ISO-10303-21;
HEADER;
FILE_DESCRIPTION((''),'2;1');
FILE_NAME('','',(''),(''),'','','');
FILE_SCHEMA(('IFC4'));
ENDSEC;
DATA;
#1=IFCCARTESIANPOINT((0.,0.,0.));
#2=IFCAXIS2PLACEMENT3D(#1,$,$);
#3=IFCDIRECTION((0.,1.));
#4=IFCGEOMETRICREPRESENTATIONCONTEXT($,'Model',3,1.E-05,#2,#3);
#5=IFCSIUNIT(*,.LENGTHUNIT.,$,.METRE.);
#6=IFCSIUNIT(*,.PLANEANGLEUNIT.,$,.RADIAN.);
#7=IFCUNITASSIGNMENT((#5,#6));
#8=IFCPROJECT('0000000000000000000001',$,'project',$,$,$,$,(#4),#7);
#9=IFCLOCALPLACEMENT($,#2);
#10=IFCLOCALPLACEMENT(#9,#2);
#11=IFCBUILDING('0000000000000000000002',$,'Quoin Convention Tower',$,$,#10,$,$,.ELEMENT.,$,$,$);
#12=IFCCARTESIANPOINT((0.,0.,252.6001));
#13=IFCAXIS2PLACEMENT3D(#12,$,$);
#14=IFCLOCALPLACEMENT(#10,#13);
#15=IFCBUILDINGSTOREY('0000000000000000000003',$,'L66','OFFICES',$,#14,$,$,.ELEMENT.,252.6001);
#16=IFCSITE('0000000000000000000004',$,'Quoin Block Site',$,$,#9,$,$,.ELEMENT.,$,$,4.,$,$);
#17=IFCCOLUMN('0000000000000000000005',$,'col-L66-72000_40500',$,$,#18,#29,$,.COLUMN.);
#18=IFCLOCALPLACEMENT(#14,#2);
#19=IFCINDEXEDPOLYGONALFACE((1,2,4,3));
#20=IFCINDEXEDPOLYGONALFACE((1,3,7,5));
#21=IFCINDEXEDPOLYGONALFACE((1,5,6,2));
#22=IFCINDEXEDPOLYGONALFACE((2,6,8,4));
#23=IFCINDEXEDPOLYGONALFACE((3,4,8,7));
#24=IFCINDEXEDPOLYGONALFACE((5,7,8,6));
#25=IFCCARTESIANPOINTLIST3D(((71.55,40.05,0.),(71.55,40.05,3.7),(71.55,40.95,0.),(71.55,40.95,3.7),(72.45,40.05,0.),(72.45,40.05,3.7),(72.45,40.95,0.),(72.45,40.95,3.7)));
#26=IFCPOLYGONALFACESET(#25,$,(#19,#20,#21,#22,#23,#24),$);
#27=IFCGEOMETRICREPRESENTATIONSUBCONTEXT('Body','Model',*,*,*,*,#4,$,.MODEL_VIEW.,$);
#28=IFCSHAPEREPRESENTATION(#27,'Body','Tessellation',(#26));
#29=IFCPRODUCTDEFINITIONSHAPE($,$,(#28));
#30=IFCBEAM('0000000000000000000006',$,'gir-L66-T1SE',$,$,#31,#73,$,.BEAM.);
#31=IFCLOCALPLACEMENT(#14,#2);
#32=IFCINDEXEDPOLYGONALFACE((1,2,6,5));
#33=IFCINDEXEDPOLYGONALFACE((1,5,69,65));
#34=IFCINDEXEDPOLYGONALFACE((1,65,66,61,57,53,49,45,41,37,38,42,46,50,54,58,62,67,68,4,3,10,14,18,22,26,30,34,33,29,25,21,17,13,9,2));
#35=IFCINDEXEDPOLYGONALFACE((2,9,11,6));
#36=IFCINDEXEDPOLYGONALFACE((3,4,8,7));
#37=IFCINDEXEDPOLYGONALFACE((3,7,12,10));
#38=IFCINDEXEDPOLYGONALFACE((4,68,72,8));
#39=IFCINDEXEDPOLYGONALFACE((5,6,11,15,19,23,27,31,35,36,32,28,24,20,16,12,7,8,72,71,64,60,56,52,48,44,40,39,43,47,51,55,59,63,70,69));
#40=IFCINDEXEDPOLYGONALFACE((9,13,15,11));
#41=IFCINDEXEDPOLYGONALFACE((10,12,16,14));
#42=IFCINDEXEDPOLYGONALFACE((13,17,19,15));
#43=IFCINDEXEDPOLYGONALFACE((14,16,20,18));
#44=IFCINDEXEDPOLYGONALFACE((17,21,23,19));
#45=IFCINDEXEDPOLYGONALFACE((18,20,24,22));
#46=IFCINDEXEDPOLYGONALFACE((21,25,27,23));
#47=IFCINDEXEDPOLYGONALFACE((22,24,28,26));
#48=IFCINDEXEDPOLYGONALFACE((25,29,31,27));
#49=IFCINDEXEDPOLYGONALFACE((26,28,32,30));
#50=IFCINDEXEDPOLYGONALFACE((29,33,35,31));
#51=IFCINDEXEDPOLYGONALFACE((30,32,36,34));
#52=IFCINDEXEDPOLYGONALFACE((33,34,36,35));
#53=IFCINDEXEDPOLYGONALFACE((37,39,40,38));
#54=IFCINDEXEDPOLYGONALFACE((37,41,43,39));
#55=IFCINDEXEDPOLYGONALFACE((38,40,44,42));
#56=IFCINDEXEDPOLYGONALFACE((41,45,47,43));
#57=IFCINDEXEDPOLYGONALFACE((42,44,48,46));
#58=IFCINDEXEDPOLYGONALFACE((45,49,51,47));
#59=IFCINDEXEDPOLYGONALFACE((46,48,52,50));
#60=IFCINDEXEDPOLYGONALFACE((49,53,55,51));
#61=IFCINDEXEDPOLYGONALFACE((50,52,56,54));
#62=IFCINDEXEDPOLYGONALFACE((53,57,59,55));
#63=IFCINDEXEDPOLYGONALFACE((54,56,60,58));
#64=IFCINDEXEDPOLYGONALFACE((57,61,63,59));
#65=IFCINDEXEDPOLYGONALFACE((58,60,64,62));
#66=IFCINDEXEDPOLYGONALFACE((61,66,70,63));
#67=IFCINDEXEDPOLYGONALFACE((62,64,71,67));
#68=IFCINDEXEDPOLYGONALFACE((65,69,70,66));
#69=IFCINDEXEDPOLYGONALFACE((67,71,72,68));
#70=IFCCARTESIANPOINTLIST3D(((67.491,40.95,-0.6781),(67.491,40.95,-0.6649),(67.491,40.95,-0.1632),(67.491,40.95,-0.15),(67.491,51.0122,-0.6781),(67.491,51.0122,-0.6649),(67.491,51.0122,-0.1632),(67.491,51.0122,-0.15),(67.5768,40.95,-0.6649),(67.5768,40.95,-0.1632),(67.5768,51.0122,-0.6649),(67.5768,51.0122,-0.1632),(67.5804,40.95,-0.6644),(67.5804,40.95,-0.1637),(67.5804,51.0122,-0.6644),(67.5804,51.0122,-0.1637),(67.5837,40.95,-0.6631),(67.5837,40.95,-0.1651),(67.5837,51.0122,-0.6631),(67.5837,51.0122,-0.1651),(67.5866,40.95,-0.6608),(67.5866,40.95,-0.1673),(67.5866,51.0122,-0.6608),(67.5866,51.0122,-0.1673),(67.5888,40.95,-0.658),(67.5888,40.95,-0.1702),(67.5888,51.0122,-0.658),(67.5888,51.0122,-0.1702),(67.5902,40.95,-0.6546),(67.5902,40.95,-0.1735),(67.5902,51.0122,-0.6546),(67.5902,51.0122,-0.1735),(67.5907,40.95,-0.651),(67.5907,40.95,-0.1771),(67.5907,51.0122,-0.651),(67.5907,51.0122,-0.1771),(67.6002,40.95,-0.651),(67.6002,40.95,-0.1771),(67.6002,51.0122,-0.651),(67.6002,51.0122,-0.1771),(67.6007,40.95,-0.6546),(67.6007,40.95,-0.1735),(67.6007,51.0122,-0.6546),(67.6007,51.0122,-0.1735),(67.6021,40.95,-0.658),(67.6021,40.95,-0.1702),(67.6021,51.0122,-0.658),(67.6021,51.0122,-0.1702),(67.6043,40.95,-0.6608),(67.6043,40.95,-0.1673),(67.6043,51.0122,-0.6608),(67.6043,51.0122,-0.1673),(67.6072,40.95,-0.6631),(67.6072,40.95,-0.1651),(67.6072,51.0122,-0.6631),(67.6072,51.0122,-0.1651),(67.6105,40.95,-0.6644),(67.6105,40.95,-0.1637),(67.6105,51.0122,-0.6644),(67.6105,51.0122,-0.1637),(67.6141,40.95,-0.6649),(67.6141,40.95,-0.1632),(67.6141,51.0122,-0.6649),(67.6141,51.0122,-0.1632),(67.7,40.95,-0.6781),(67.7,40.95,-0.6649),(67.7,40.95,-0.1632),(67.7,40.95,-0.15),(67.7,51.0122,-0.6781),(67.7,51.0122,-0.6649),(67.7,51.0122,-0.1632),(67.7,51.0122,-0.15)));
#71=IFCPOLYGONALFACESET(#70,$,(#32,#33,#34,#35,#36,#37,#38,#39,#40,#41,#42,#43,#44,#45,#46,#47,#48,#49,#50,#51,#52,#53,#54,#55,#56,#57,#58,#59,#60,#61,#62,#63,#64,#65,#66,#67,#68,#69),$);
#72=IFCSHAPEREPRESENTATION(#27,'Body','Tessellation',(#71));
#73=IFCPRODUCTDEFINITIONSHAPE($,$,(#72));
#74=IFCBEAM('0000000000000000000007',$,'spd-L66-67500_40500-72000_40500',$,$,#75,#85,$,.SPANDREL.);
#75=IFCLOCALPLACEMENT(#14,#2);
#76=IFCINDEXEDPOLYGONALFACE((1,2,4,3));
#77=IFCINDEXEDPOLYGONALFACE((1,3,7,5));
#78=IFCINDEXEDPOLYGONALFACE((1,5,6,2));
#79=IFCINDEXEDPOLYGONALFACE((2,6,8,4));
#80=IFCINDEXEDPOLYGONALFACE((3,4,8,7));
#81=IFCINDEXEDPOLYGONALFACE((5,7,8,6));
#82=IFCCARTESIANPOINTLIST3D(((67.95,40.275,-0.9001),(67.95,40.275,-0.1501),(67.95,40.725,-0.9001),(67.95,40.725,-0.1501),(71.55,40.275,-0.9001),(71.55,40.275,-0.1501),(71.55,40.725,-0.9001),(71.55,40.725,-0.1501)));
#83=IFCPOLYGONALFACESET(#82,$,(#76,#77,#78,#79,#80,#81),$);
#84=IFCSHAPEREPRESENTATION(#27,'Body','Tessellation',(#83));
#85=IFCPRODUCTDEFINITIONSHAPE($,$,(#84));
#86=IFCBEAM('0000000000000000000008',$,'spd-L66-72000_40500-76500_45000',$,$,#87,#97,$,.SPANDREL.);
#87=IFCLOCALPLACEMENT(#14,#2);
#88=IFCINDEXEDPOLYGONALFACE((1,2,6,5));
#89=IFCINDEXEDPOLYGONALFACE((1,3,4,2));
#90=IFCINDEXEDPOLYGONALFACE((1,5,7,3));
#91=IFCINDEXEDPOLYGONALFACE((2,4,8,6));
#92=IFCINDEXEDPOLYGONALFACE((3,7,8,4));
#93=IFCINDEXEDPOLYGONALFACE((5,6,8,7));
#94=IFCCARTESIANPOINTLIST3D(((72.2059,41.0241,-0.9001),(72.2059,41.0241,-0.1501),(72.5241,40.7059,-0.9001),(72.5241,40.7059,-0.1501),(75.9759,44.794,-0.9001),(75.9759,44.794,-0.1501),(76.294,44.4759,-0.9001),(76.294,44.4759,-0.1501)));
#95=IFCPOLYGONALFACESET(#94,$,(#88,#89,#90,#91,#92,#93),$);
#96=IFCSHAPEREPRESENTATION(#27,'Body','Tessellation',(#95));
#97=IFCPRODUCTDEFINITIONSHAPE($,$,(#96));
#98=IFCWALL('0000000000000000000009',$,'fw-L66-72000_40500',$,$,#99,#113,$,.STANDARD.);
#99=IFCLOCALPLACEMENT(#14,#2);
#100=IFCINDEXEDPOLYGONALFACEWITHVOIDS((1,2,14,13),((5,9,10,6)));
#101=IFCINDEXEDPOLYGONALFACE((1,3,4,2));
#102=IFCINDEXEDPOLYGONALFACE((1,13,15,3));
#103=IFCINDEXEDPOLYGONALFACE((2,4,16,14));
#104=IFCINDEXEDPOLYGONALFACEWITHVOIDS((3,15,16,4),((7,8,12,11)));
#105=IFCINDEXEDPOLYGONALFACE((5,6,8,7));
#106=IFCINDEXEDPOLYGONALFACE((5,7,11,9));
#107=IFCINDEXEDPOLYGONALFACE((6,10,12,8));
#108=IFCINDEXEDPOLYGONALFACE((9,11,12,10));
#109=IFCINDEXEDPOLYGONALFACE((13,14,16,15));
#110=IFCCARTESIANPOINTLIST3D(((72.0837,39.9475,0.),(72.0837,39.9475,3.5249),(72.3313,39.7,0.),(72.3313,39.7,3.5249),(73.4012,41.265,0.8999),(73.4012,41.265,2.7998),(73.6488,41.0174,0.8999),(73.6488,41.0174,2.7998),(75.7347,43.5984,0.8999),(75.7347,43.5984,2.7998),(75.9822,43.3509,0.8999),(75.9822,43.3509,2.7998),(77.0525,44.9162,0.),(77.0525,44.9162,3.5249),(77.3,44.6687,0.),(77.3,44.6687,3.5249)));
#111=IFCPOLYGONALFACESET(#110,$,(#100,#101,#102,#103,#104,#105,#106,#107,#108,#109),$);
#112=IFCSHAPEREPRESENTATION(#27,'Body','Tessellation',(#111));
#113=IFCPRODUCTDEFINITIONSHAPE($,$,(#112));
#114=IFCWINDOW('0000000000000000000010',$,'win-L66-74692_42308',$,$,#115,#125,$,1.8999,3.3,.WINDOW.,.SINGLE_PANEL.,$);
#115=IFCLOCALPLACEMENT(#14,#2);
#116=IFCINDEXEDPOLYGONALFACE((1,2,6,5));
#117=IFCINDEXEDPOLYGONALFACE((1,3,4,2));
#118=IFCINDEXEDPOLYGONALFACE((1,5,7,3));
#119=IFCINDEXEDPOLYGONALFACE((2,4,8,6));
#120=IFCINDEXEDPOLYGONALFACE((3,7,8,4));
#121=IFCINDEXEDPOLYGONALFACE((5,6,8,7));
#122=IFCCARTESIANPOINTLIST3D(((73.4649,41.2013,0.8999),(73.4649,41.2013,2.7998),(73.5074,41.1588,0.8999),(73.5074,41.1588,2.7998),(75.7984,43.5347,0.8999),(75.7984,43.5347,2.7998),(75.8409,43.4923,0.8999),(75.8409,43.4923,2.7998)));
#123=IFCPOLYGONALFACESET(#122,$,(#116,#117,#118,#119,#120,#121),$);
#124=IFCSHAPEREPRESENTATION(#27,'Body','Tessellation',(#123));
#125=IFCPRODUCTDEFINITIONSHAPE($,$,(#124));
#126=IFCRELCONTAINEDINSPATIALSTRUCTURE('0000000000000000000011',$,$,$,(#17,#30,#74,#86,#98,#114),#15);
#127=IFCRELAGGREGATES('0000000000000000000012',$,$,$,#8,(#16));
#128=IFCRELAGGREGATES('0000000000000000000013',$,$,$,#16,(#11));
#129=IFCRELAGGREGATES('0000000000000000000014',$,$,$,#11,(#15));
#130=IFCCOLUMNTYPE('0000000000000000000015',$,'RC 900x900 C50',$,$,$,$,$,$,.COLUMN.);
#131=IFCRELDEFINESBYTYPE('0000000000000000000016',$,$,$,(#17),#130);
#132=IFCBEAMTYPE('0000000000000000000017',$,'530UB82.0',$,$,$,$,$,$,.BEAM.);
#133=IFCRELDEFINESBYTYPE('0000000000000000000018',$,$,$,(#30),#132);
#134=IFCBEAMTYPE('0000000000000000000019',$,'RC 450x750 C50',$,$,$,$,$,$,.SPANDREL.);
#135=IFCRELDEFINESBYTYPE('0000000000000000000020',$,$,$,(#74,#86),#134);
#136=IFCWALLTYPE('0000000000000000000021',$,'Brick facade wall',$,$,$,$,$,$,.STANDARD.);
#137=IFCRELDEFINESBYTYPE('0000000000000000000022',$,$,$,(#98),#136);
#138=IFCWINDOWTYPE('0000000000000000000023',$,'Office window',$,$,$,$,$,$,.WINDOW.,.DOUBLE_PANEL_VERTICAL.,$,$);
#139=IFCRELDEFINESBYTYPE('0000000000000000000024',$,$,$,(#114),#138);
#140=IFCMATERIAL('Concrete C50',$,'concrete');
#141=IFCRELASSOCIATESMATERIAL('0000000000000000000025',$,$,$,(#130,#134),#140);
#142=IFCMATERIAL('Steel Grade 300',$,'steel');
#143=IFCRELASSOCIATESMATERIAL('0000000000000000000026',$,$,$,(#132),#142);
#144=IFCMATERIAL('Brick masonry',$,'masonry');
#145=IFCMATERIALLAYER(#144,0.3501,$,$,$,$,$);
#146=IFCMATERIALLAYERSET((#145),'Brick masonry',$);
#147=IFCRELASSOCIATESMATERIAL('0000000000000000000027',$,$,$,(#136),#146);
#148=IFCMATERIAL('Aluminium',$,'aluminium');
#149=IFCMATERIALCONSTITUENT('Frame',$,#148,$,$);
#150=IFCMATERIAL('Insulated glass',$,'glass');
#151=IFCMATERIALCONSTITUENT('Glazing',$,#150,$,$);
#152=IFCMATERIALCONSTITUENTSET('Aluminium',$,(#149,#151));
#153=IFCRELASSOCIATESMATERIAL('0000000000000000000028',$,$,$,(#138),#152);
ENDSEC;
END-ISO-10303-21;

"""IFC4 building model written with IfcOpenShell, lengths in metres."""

from ifc_helpers import new_model, si_unit, direction, frame, frame_2d, origin, origin_2d, place, context, subcontext, project, spatial, rectangle, i_section, extrude, material, layer, layer_set, constituent, constituent_set, material_profile, profile_set, type_object, element, fill, save


model = new_model("IFC4")

# Units and contexts
model_context = context("Model", 3, precision=1e-05, world=origin(), true_north=direction((0.0, 1.0)))
body_context = subcontext(model_context, "Body", "Model", "MODEL_VIEW")
ifc_project = project(units=[si_unit("LENGTHUNIT", "METRE"), si_unit("PLANEANGLEUNIT", "RADIAN")], contexts=[model_context])

# Site, building, storey
site_placement = place(None, origin())
site = spatial("IfcSite", under=ifc_project, at=site_placement, Name="Quoin Block Site", CompositionType="ELEMENT", RefElevation=4.0)
building_placement = place(site_placement, origin())
building = spatial("IfcBuilding", under=site, at=building_placement, Name="Quoin Convention Tower", CompositionType="ELEMENT")
storey_placement = place(building_placement, frame((0.0, 0.0, 252.6001)))
storey = spatial("IfcBuildingStorey", under=building, at=storey_placement, Name="L66", Description="OFFICES", CompositionType="ELEMENT", Elevation=252.6001)

# Column
ifc_material_1 = material(Name="Concrete C50", Category="concrete")
ifc_material_profile_1 = material_profile(ifc_material_1, rectangle(XDim=0.8999, YDim=0.8999, at=origin_2d()), Name="RC 900x900")
ifc_profile_set_1 = profile_set([ifc_material_profile_1], Name="Concrete C50")
column_type = type_object("IfcColumnType", Name="RC 900x900 C50", PredefinedType="COLUMN", material=ifc_profile_set_1)
column_placement = place(storey_placement, frame((72.0, 40.5, 0.0), z_axis=(0.0, 0.0, 1.0), x_axis=(1.0, 0.0, 0.0)))
element("IfcColumn", 1, at=column_placement, inside=storey, type_object=column_type, Name="col-L66-72000_40500", PredefinedType="COLUMN", context=body_context, shape_type="SweptSolid", body=[
    extrude(rectangle(XDim=0.8999, YDim=0.8999, at=origin_2d()), origin(), (0.0, 0.0, 1.0), 3.7),
])

# Beams
ifc_material_2 = material(Name="Steel Grade 300", Category="steel")
ifc_material_profile_2 = material_profile(ifc_material_2, i_section(OverallWidth=0.209, OverallDepth=0.5281, WebThickness=0.0095, FlangeThickness=0.0132, FilletRadius=0.0139, at=origin_2d()), Name="530UB82.0")
ifc_profile_set_2 = profile_set([ifc_material_profile_2], Name="Steel Grade 300")
beam_type_1 = type_object("IfcBeamType", Name="530UB82.0", PredefinedType="BEAM", material=ifc_profile_set_2)
beam_1_placement = place(storey_placement, frame((67.5955, 40.95, -0.4141), z_axis=(0.0, 1.0, 0.0), x_axis=(-1.0, 0.0, 0.0)))
element("IfcBeam", 2, at=beam_1_placement, inside=storey, type_object=beam_type_1, Name="gir-L66-T1SE", PredefinedType="BEAM", context=body_context, shape_type="SweptSolid", body=[
    extrude(i_section(OverallWidth=0.209, OverallDepth=0.5281, WebThickness=0.0095, FlangeThickness=0.0132, FilletRadius=0.0139, at=origin_2d()), origin(), (0.0, 0.0, 1.0), 10.0623),
])
ifc_material_profile_3 = material_profile(ifc_material_1, rectangle(XDim=0.45, YDim=0.75, at=origin_2d()), Name="RC 450x750")
ifc_profile_set_3 = profile_set([ifc_material_profile_3], Name="Concrete C50")
beam_type_2 = type_object("IfcBeamType", Name="RC 450x750 C50", PredefinedType="SPANDREL", material=ifc_profile_set_3)
beam_2_placement = place(storey_placement, frame((67.95, 40.5, -0.5251), z_axis=(1.0, 0.0, 0.0), x_axis=(0.0, 1.0, 0.0)))
element("IfcBeam", 3, at=beam_2_placement, inside=storey, type_object=beam_type_2, Name="spd-L66-67500_40500-72000_40500", PredefinedType="SPANDREL", context=body_context, shape_type="SweptSolid", body=[
    extrude(rectangle(XDim=0.45, YDim=0.75, at=origin_2d()), origin(), (0.0, 0.0, 1.0), 3.6001),
])
beam_3_placement = place(storey_placement, frame((72.365, 40.865, -0.5251), z_axis=(0.707107, 0.707107, 0.0), x_axis=(-0.707107, 0.707107, 0.0)))
element("IfcBeam", 4, at=beam_3_placement, inside=storey, type_object=beam_type_2, Name="spd-L66-72000_40500-76500_45000", PredefinedType="SPANDREL", context=body_context, shape_type="SweptSolid", body=[
    extrude(rectangle(XDim=0.45, YDim=0.75, at=origin_2d()), origin(), (0.0, 0.0, 1.0), 5.3315),
])

# Wall, opening, window
ifc_material_3 = material(Name="Brick masonry", Category="masonry")
ifc_layer_1 = layer(ifc_material_3, 0.3501)
ifc_layer_set_1 = layer_set([ifc_layer_1], Name="Brick masonry")
wall_type_1 = type_object("IfcWallType", Name="Brick facade wall", PredefinedType="STANDARD", material=ifc_layer_set_1)
wall_1_placement = place(storey_placement, frame((72.2075, 39.8237, 0.0), z_axis=(0.0, 0.0, 1.0), x_axis=(0.707107, 0.707107, 0.0)))
wall_1 = element("IfcWall", 5, at=wall_1_placement, inside=storey, type_object=wall_type_1, Name="fw-L66-72000_40500", PredefinedType="STANDARD", context=body_context, shape_type="SweptSolid", body=[
    extrude(rectangle(XDim=7.0269, YDim=0.3501, at=frame_2d((3.5134, 0.0))), origin(), (0.0, 0.0, 1.0), 3.5249),
])
opening_1_placement = place(wall_1_placement, frame((1.8633, 0.0, 0.8999)))
opening_1 = element("IfcOpeningElement", 6, at=opening_1_placement, cuts=wall_1, PredefinedType="OPENING", context=body_context, shape_type="SweptSolid", body=[
    extrude(rectangle(XDim=3.3, YDim=1.8999, at=frame_2d((1.6499, 0.95))), frame((0.0, 0.1851, 0.0), z_axis=(0.0, -1.0, 0.0), x_axis=(1.0, 0.0, 0.0)), (0.0, 0.0, 1.0), 0.3701),
])
ifc_material_4 = material(Name="Aluminium", Category="aluminium")
ifc_constituent_1 = constituent(ifc_material_4, Name="Frame")
ifc_material_5 = material(Name="Insulated glass", Category="glass")
ifc_constituent_2 = constituent(ifc_material_5, Name="Glazing")
ifc_constituent_set = constituent_set(constituents=[ifc_constituent_1, ifc_constituent_2], Name="Aluminium")
window_type = type_object("IfcWindowType", Name="Office window", PartitioningType="DOUBLE_PANEL_VERTICAL", PredefinedType="WINDOW", material=ifc_constituent_set)
window_1_placement = place(opening_1_placement, origin())
window_1 = element("IfcWindow", 7, at=window_1_placement, inside=storey, type_object=window_type, Name="win-L66-74692_42308", OverallHeight=1.8999, OverallWidth=3.3, PartitioningType="SINGLE_PANEL", PredefinedType="WINDOW", context=body_context, shape_type="SweptSolid", body=[
    extrude(rectangle(XDim=3.3, YDim=1.8999, at=frame_2d((1.6499, 0.95))), frame((0.0, 0.085, 0.0), z_axis=(0.0, -1.0, 0.0), x_axis=(1.0, 0.0, 0.0)), (0.0, 0.0, 1.0), 0.0601),
])
fill(opening_1, window_1)

save(model, "model.ifc")
